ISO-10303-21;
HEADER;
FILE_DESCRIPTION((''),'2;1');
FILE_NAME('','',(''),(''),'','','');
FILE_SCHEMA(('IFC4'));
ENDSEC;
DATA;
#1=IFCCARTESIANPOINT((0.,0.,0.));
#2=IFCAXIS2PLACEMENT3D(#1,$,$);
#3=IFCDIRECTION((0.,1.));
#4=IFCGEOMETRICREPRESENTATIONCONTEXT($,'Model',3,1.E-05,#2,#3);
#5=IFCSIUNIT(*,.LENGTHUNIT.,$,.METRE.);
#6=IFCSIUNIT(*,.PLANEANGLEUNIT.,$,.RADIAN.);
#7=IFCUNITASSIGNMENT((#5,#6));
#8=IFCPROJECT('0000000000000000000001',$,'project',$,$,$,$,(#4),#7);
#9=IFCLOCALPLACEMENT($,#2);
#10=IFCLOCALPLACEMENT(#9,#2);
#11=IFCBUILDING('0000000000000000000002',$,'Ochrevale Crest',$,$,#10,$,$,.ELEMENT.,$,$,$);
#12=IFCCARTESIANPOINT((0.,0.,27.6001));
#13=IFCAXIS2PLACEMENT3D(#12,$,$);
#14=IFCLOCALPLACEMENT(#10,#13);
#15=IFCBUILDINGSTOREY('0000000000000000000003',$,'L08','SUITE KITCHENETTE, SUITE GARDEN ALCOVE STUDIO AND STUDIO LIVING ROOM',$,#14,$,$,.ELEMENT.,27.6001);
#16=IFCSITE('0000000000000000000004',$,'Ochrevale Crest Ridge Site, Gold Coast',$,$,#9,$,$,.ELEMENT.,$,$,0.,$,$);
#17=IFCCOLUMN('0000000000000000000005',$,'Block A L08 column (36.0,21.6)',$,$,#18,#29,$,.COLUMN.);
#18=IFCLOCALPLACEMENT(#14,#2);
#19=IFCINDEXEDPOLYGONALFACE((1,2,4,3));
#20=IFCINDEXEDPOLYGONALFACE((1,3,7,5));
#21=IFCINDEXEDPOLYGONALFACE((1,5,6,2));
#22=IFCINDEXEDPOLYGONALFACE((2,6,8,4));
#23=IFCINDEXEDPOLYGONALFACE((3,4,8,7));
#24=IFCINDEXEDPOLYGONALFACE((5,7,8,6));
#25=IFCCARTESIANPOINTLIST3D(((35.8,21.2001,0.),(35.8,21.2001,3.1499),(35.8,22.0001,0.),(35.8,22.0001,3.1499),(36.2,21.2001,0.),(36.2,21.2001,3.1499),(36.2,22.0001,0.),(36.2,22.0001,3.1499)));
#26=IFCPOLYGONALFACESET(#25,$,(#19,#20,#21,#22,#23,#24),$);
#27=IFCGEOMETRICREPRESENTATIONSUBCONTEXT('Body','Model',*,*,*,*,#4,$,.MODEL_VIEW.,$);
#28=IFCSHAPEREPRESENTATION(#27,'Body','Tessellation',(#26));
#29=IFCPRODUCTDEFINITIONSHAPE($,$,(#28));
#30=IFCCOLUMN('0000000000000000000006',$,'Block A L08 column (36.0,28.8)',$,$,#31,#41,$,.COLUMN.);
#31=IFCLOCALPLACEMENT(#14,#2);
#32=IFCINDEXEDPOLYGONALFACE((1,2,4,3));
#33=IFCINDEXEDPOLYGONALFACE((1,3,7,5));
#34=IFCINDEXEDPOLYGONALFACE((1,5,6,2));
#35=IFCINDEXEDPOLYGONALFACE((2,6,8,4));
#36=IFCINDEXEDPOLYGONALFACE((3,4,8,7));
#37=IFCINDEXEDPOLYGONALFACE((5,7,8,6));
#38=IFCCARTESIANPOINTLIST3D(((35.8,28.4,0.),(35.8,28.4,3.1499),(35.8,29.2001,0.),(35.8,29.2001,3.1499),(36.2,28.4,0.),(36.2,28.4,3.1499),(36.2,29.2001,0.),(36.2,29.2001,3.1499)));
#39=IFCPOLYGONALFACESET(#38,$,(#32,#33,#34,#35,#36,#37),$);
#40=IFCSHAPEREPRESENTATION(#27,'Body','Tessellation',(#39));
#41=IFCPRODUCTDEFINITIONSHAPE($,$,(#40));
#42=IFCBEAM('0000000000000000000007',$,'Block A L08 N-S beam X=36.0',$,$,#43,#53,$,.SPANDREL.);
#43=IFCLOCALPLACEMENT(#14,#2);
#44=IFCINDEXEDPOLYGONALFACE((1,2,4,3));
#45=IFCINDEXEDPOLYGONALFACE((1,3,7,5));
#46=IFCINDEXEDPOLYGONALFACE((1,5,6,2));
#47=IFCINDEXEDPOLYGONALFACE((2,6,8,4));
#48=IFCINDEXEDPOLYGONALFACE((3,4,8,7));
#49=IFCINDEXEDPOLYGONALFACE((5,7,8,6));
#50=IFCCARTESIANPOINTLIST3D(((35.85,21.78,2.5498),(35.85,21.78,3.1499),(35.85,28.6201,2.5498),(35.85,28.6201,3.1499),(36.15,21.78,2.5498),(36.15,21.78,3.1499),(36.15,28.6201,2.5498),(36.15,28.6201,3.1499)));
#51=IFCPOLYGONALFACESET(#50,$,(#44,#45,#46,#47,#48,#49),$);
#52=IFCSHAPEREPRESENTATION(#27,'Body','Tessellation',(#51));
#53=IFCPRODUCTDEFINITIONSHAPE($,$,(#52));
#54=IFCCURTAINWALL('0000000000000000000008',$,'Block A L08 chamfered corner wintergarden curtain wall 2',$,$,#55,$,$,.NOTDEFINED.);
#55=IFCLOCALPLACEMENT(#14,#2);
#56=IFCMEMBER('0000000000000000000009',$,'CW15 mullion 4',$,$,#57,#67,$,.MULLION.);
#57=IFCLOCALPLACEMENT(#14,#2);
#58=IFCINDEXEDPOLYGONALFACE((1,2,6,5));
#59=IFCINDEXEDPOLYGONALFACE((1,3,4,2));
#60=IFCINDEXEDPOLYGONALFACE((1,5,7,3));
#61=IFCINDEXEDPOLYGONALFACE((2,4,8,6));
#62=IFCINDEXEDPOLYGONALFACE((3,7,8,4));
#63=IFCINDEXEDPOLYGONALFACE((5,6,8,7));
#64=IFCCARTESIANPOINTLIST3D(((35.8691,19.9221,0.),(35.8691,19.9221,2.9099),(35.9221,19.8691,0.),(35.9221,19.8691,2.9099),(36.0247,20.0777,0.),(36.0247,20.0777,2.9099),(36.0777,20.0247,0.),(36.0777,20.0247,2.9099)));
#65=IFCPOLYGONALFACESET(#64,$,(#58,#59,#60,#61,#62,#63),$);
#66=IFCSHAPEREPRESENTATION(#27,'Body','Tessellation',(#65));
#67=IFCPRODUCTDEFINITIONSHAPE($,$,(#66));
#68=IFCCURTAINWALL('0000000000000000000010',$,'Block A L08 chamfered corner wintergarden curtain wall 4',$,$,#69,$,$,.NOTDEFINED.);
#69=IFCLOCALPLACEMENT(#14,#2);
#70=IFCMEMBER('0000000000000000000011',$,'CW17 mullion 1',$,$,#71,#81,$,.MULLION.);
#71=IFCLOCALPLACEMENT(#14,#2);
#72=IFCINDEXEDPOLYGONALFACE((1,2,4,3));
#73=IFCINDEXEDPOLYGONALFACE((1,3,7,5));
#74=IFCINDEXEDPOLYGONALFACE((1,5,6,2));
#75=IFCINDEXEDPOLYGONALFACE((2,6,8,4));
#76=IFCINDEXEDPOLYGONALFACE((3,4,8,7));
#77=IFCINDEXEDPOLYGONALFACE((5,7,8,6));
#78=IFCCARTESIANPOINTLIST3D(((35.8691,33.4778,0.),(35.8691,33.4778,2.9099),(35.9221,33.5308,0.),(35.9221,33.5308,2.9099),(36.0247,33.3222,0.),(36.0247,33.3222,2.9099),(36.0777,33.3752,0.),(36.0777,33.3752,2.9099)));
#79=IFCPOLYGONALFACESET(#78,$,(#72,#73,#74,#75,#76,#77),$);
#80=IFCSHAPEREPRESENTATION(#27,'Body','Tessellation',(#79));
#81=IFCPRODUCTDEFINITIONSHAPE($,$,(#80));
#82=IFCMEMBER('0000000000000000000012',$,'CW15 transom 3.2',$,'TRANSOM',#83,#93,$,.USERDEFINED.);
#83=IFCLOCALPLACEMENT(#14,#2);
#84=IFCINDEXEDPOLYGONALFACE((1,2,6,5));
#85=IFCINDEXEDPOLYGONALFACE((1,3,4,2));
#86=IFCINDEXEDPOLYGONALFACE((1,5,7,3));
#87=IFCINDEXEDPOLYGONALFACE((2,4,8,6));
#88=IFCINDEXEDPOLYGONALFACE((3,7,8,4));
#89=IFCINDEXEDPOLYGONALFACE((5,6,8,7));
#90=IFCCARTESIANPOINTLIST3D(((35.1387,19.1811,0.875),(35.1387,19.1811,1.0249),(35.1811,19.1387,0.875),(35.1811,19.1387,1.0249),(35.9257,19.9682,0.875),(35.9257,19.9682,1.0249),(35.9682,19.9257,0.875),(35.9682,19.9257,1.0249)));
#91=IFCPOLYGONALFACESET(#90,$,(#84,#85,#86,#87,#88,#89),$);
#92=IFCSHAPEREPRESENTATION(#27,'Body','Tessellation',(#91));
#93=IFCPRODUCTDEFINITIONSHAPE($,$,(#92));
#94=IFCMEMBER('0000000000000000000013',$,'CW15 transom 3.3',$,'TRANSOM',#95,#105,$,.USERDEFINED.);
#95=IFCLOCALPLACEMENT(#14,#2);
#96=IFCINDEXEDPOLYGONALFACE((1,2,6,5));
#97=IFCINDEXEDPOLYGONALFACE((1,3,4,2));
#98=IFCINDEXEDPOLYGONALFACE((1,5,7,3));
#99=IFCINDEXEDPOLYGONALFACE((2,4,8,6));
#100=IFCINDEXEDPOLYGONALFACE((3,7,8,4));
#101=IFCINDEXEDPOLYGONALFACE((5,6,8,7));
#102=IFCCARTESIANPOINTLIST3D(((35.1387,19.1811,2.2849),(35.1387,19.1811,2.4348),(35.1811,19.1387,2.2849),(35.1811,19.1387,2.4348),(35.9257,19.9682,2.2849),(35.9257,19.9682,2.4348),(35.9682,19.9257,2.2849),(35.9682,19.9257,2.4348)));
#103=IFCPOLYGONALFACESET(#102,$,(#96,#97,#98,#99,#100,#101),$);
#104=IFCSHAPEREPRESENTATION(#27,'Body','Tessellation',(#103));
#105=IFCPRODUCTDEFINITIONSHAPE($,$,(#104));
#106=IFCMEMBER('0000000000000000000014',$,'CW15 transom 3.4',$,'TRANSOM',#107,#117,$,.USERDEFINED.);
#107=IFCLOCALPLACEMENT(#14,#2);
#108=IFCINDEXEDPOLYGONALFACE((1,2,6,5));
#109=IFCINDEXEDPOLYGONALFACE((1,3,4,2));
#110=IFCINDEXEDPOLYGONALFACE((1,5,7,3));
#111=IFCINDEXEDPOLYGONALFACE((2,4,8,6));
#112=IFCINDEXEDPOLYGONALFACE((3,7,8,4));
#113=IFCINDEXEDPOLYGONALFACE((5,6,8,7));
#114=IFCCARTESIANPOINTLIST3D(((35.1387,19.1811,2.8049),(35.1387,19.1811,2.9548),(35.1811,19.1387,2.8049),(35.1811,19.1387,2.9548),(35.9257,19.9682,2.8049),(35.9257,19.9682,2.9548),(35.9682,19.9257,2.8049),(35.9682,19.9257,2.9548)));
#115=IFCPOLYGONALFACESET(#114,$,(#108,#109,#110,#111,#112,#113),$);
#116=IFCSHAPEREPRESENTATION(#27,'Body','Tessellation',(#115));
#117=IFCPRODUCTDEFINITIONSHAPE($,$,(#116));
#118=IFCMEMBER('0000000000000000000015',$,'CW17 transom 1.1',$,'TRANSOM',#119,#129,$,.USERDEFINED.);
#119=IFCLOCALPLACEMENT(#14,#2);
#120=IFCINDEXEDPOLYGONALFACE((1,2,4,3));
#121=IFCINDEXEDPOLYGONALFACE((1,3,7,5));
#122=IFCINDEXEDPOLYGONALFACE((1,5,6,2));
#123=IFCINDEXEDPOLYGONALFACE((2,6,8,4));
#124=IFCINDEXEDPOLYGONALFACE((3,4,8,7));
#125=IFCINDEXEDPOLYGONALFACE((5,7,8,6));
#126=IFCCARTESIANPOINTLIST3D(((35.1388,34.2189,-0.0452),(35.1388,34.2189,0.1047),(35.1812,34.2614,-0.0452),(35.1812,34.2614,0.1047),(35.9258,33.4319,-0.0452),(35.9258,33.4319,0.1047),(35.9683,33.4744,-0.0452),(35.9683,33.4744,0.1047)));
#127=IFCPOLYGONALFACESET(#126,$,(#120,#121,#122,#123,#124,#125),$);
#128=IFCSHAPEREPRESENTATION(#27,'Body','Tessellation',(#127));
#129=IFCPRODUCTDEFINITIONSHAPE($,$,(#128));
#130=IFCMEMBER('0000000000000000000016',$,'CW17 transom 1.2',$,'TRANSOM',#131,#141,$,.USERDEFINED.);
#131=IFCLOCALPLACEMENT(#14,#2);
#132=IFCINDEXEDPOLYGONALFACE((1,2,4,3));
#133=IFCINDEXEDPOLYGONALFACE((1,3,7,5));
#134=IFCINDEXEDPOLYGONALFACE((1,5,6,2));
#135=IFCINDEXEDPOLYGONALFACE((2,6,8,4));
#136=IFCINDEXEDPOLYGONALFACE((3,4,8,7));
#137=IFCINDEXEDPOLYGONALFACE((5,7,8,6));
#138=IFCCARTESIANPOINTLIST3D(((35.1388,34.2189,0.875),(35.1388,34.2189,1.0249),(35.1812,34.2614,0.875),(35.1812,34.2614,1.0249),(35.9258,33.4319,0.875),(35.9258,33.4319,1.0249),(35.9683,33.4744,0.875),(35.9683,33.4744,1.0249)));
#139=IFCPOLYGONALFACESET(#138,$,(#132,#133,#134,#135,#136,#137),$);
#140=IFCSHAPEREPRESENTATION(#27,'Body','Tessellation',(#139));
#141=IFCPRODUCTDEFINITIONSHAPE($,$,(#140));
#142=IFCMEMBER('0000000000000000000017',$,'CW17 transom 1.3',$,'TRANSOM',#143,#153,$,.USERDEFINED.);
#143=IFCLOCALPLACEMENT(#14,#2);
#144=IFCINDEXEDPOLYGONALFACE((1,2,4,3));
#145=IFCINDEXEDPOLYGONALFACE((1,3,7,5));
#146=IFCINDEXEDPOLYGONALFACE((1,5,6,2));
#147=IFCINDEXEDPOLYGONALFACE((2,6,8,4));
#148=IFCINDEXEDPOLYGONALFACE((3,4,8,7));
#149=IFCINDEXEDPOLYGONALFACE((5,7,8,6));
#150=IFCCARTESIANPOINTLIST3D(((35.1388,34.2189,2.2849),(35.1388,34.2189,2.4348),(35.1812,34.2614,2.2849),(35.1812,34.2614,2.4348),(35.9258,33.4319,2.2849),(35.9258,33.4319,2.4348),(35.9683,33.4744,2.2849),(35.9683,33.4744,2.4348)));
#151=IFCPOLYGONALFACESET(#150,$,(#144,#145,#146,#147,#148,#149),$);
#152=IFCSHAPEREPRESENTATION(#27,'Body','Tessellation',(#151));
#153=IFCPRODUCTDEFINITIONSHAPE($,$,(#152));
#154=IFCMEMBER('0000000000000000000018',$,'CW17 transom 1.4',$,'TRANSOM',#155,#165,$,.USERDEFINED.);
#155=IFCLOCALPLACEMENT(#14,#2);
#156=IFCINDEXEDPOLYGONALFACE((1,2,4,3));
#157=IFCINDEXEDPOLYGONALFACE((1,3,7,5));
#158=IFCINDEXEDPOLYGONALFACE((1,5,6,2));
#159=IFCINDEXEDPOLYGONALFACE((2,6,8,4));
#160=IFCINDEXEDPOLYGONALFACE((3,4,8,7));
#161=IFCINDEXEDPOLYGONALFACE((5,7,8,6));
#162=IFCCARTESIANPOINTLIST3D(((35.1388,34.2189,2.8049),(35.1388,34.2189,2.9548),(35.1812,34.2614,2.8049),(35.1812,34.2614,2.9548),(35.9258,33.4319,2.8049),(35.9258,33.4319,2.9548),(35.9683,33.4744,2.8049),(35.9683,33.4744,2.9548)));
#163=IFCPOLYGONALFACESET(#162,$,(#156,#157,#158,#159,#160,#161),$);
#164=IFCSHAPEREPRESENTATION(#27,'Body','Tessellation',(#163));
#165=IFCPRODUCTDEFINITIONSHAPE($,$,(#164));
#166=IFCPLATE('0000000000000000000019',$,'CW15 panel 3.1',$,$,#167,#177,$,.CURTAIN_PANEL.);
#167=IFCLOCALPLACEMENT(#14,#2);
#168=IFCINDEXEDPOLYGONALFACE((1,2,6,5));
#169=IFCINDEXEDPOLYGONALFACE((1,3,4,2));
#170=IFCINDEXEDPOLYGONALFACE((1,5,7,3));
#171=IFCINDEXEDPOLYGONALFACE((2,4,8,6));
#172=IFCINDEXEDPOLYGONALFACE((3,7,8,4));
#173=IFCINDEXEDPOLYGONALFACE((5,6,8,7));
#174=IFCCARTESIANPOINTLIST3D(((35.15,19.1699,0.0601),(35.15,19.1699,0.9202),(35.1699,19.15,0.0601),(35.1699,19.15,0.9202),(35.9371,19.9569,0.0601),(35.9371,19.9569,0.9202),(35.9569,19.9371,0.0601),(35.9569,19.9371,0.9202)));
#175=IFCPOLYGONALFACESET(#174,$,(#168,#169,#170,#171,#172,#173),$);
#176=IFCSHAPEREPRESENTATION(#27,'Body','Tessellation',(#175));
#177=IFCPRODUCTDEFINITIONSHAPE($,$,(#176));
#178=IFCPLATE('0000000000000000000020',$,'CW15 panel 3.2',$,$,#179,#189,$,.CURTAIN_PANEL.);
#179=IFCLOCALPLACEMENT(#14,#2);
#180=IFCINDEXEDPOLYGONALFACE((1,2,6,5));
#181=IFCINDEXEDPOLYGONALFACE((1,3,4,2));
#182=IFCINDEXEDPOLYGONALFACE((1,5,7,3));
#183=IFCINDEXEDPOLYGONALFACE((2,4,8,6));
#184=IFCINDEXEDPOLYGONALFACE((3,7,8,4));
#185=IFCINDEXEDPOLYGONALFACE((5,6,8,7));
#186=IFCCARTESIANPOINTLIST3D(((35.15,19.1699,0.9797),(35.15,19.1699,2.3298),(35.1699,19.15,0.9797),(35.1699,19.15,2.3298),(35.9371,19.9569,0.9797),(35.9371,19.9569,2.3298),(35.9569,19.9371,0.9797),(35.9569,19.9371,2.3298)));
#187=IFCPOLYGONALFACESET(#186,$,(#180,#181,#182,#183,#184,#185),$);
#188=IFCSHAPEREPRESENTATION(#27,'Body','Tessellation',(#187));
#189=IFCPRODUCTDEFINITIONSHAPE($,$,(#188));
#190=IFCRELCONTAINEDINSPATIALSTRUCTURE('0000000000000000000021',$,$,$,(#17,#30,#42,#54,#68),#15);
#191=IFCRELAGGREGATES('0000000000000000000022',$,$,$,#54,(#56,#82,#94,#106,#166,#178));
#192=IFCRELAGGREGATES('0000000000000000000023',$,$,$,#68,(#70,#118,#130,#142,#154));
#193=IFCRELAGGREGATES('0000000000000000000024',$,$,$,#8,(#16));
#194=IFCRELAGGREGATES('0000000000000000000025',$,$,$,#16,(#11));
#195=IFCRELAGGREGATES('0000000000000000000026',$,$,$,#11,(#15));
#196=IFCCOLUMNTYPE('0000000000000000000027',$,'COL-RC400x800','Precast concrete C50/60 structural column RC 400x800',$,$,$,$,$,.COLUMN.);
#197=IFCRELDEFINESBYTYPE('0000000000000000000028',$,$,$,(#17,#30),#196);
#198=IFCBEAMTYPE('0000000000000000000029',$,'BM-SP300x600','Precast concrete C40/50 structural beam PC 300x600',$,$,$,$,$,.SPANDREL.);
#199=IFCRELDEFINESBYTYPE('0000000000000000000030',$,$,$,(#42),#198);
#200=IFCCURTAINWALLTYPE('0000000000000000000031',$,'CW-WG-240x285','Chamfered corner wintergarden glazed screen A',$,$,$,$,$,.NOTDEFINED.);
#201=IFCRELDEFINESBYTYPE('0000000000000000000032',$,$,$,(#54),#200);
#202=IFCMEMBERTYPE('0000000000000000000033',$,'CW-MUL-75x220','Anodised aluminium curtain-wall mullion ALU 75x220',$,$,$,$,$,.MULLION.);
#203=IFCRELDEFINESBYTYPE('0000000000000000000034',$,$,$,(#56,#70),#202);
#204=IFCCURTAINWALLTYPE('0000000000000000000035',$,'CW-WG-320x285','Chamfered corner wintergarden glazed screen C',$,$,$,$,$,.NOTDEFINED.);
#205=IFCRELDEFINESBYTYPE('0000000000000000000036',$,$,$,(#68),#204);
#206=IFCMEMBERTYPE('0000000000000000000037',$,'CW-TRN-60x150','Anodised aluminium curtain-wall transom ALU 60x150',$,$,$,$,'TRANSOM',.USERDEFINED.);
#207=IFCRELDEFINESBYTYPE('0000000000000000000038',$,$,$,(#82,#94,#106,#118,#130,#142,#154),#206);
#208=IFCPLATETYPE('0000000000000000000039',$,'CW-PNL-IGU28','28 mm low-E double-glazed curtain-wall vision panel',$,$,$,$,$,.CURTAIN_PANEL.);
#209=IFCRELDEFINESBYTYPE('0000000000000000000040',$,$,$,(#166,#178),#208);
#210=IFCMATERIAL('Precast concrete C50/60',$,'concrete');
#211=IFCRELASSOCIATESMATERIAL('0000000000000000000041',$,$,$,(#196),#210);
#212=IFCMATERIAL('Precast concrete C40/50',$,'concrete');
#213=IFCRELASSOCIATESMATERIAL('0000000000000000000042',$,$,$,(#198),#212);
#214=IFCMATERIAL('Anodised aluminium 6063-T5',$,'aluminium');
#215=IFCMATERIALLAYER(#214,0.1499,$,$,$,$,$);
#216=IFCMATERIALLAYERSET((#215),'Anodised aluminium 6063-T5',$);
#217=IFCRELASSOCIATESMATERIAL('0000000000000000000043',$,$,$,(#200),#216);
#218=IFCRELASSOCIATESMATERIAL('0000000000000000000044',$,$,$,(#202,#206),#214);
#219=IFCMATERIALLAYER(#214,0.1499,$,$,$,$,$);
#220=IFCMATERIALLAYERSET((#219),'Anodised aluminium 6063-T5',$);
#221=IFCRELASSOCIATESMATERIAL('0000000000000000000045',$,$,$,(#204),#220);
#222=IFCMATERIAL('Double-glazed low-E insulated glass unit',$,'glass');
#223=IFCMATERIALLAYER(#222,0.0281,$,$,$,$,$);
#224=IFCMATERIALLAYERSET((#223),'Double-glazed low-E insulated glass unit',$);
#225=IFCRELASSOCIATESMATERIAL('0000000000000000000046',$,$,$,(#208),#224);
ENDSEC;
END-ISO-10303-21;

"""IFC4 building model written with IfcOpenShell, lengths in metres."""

from ifc_helpers import new_model, si_unit, direction, frame, origin, origin_2d, place, context, subcontext, project, spatial, rectangle, extrude, material, layer, layer_set, material_profile, profile_set, type_object, element, aggregate, save


model = new_model("IFC4")

# Units and contexts
model_context = context("Model", 3, precision=1e-05, world=origin(), true_north=direction((0.0, 1.0)))
body_context = subcontext(model_context, "Body", "Model", "MODEL_VIEW")
ifc_project = project(units=[si_unit("LENGTHUNIT", "METRE"), si_unit("PLANEANGLEUNIT", "RADIAN")], contexts=[model_context])

# Site, building, storey
site_placement = place(None, origin())
site = spatial("IfcSite", under=ifc_project, at=site_placement, Name="Ochrevale Crest Ridge Site, Gold Coast", CompositionType="ELEMENT", RefElevation=0.0)
building_placement = place(site_placement, origin())
building = spatial("IfcBuilding", under=site, at=building_placement, Name="Ochrevale Crest", CompositionType="ELEMENT")
storey_placement = place(building_placement, frame((0.0, 0.0, 27.6001)))
storey = spatial("IfcBuildingStorey", under=building, at=storey_placement, Name="L08", Description="SUITE KITCHENETTE, SUITE GARDEN ALCOVE STUDIO AND STUDIO LIVING ROOM", CompositionType="ELEMENT", Elevation=27.6001)

# Columns
ifc_material_1 = material(Name="Precast concrete C50/60", Category="concrete")
ifc_material_profile_1 = material_profile(ifc_material_1, rectangle(XDim=0.3999, YDim=0.8, at=origin_2d()), Name="RC 400x800")
ifc_profile_set_1 = profile_set([ifc_material_profile_1], Name="Precast concrete C50/60")
column_type = type_object("IfcColumnType", Name="COL-RC400x800", Description="Precast concrete C50/60 structural column RC 400x800", PredefinedType="COLUMN", material=ifc_profile_set_1)
for number, where, z_axis, x_axis, name in (
    (1, (36.0, 21.6001, 0.0), (0.0, 0.0, 1.0), (1.0, 0.0, 0.0), "Block A L08 column (36.0,21.6)"),
    (2, (36.0, 28.8, 0.0), (0.0, 0.0, 1.0), (1.0, 0.0, 0.0), "Block A L08 column (36.0,28.8)"),
):
    element("IfcColumn", number, at=place(storey_placement, frame(where, z_axis=z_axis, x_axis=x_axis)), inside=storey, type_object=column_type, Name=name, PredefinedType="COLUMN", context=body_context, shape_type="SweptSolid", body=[
        extrude(rectangle(XDim=0.3999, YDim=0.8, at=origin_2d()), origin(), (0.0, 0.0, 1.0), 3.1499),
    ])

# Beam
ifc_material_2 = material(Name="Precast concrete C40/50", Category="concrete")
ifc_material_profile_2 = material_profile(ifc_material_2, rectangle(XDim=0.3, YDim=0.6001, at=origin_2d()), Name="PC 300x600")
ifc_profile_set_2 = profile_set([ifc_material_profile_2], Name="Precast concrete C40/50")
beam_type = type_object("IfcBeamType", Name="BM-SP300x600", Description="Precast concrete C40/50 structural beam PC 300x600", PredefinedType="SPANDREL", material=ifc_profile_set_2)
beam_placement = place(storey_placement, frame((36.0, 21.78, 2.8499), z_axis=(0.0, 1.0, 0.0), x_axis=(-1.0, 0.0, 0.0)))
element("IfcBeam", 3, at=beam_placement, inside=storey, type_object=beam_type, Name="Block A L08 N-S beam X=36.0", PredefinedType="SPANDREL", context=body_context, shape_type="SweptSolid", body=[
    extrude(rectangle(XDim=0.3, YDim=0.6001, at=origin_2d()), origin(), (0.0, 0.0, 1.0), 6.8401),
])

# Curtain walls, members
ifc_material_3 = material(Name="Anodised aluminium 6063-T5", Category="aluminium")
ifc_layer_1 = layer(ifc_material_3, 0.1499)
ifc_layer_set_1 = layer_set([ifc_layer_1], Name="Anodised aluminium 6063-T5")
curtain_wall_type_1 = type_object("IfcCurtainWallType", Name="CW-WG-240x285", Description="Chamfered corner wintergarden glazed screen A", PredefinedType="NOTDEFINED", material=ifc_layer_set_1)
curtain_wall_1_placement = place(storey_placement, origin())
curtain_wall_1 = element("IfcCurtainWall", 4, at=curtain_wall_1_placement, inside=storey, type_object=curtain_wall_type_1, Name="Block A L08 chamfered corner wintergarden curtain wall 2", PredefinedType="NOTDEFINED")
ifc_material_profile_3 = material_profile(ifc_material_3, rectangle(XDim=0.075, YDim=0.22, at=origin_2d()), Name="ALU 75x220")
ifc_profile_set_3 = profile_set([ifc_material_profile_3], Name="Anodised aluminium 6063-T5")
member_type_1 = type_object("IfcMemberType", Name="CW-MUL-75x220", Description="Anodised aluminium curtain-wall mullion ALU 75x220", PredefinedType="MULLION", material=ifc_profile_set_3)
member_1_placement = place(storey_placement, frame((35.9734, 19.9734, 0.0), z_axis=(0.0, 0.0, 1.0), x_axis=(-0.707107, 0.707107, 0.0)))
member_1 = element("IfcMember", 5, at=member_1_placement, type_object=member_type_1, Name="CW15 mullion 4", PredefinedType="MULLION", context=body_context, shape_type="SweptSolid", body=[
    extrude(rectangle(XDim=0.075, YDim=0.22, at=origin_2d()), origin(), (0.0, 0.0, 1.0), 2.9099),
])
ifc_layer_2 = layer(ifc_material_3, 0.1499)
ifc_layer_set_2 = layer_set([ifc_layer_2], Name="Anodised aluminium 6063-T5")
curtain_wall_type_2 = type_object("IfcCurtainWallType", Name="CW-WG-320x285", Description="Chamfered corner wintergarden glazed screen C", PredefinedType="NOTDEFINED", material=ifc_layer_set_2)
curtain_wall_2_placement = place(storey_placement, origin())
curtain_wall_2 = element("IfcCurtainWall", 6, at=curtain_wall_2_placement, inside=storey, type_object=curtain_wall_type_2, Name="Block A L08 chamfered corner wintergarden curtain wall 4", PredefinedType="NOTDEFINED")
member_2_placement = place(storey_placement, frame((35.9734, 33.4265, 0.0), z_axis=(0.0, 0.0, 1.0), x_axis=(-0.707107, -0.707107, 0.0)))
member_2 = element("IfcMember", 7, at=member_2_placement, type_object=member_type_1, Name="CW17 mullion 1", PredefinedType="MULLION", context=body_context, shape_type="SweptSolid", body=[
    extrude(rectangle(XDim=0.075, YDim=0.22, at=origin_2d()), origin(), (0.0, 0.0, 1.0), 2.9099),
])

# Members
ifc_material_profile_4 = material_profile(ifc_material_3, rectangle(XDim=0.0601, YDim=0.1499, at=origin_2d()), Name="ALU 60x150")
ifc_profile_set_4 = profile_set([ifc_material_profile_4], Name="Anodised aluminium 6063-T5")
member_type_2 = type_object("IfcMemberType", Name="CW-TRN-60x150", Description="Anodised aluminium curtain-wall transom ALU 60x150", ElementType="TRANSOM", PredefinedType="USERDEFINED", material=ifc_profile_set_4)
member_3_placement = place(storey_placement, frame((35.1599, 19.1599, 0.95), z_axis=(0.707107, 0.707107, 0.0), x_axis=(-0.707107, 0.707107, 0.0)))
member_3 = element("IfcMember", 8, at=member_3_placement, type_object=member_type_2, Name="CW15 transom 3.2", ObjectType="TRANSOM", PredefinedType="USERDEFINED", context=body_context, shape_type="SweptSolid", body=[
    extrude(rectangle(XDim=0.0601, YDim=0.1499, at=origin_2d()), origin(), (0.0, 0.0, 1.0), 1.113),
])
member_4_placement = place(storey_placement, frame((35.1599, 19.1599, 2.3599), z_axis=(0.707107, 0.707107, 0.0), x_axis=(-0.707107, 0.707107, 0.0)))
member_4 = element("IfcMember", 9, at=member_4_placement, type_object=member_type_2, Name="CW15 transom 3.3", ObjectType="TRANSOM", PredefinedType="USERDEFINED", context=body_context, shape_type="SweptSolid", body=[
    extrude(rectangle(XDim=0.0601, YDim=0.1499, at=origin_2d()), origin(), (0.0, 0.0, 1.0), 1.113),
])
member_5_placement = place(storey_placement, frame((35.1599, 19.1599, 2.8799), z_axis=(0.707107, 0.707107, 0.0), x_axis=(-0.707107, 0.707107, 0.0)))
member_5 = element("IfcMember", 10, at=member_5_placement, type_object=member_type_2, Name="CW15 transom 3.4", ObjectType="TRANSOM", PredefinedType="USERDEFINED", context=body_context, shape_type="SweptSolid", body=[
    extrude(rectangle(XDim=0.0601, YDim=0.1499, at=origin_2d()), origin(), (0.0, 0.0, 1.0), 1.113),
])
member_6_placement = place(storey_placement, frame((35.947, 33.4531, 0.0298), z_axis=(-0.707107, 0.707107, 0.0), x_axis=(-0.707107, -0.707107, 0.0)))
member_6 = element("IfcMember", 11, at=member_6_placement, type_object=member_type_2, Name="CW17 transom 1.1", ObjectType="TRANSOM", PredefinedType="USERDEFINED", context=body_context, shape_type="SweptSolid", body=[
    extrude(rectangle(XDim=0.0601, YDim=0.1499, at=origin_2d()), origin(), (0.0, 0.0, 1.0), 1.113),
])
member_7_placement = place(storey_placement, frame((35.947, 33.4531, 0.95), z_axis=(-0.707107, 0.707107, 0.0), x_axis=(-0.707107, -0.707107, 0.0)))
member_7 = element("IfcMember", 12, at=member_7_placement, type_object=member_type_2, Name="CW17 transom 1.2", ObjectType="TRANSOM", PredefinedType="USERDEFINED", context=body_context, shape_type="SweptSolid", body=[
    extrude(rectangle(XDim=0.0601, YDim=0.1499, at=origin_2d()), origin(), (0.0, 0.0, 1.0), 1.113),
])
member_8_placement = place(storey_placement, frame((35.947, 33.4531, 2.3599), z_axis=(-0.707107, 0.707107, 0.0), x_axis=(-0.707107, -0.707107, 0.0)))
member_8 = element("IfcMember", 13, at=member_8_placement, type_object=member_type_2, Name="CW17 transom 1.3", ObjectType="TRANSOM", PredefinedType="USERDEFINED", context=body_context, shape_type="SweptSolid", body=[
    extrude(rectangle(XDim=0.0601, YDim=0.1499, at=origin_2d()), origin(), (0.0, 0.0, 1.0), 1.113),
])
member_9_placement = place(storey_placement, frame((35.947, 33.4531, 2.8799), z_axis=(-0.707107, 0.707107, 0.0), x_axis=(-0.707107, -0.707107, 0.0)))
member_9 = element("IfcMember", 14, at=member_9_placement, type_object=member_type_2, Name="CW17 transom 1.4", ObjectType="TRANSOM", PredefinedType="USERDEFINED", context=body_context, shape_type="SweptSolid", body=[
    extrude(rectangle(XDim=0.0601, YDim=0.1499, at=origin_2d()), origin(), (0.0, 0.0, 1.0), 1.113),
])

# Plates
ifc_material_4 = material(Name="Double-glazed low-E insulated glass unit", Category="glass")
ifc_layer_3 = layer(ifc_material_4, 0.0281)
ifc_layer_set_3 = layer_set([ifc_layer_3], Name="Double-glazed low-E insulated glass unit")
plate_type = type_object("IfcPlateType", Name="CW-PNL-IGU28", Description="28 mm low-E double-glazed curtain-wall vision panel", PredefinedType="CURTAIN_PANEL", material=ifc_layer_set_3)
plate_1_placement = place(storey_placement, frame((35.5535, 19.5535, 0.0601), z_axis=(0.0, 0.0, 1.0), x_axis=(0.707107, 0.707107, 0.0)))
plate_1 = element("IfcPlate", 15, at=plate_1_placement, type_object=plate_type, Name="CW15 panel 3.1", PredefinedType="CURTAIN_PANEL", context=body_context, shape_type="SweptSolid", body=[
    extrude(rectangle(XDim=1.113, YDim=0.0281, at=origin_2d()), origin(), (0.0, 0.0, 1.0), 0.8601),
])
plate_2_placement = place(storey_placement, frame((35.5535, 19.5535, 0.9797), z_axis=(0.0, 0.0, 1.0), x_axis=(0.707107, 0.707107, 0.0)))
plate_2 = element("IfcPlate", 16, at=plate_2_placement, type_object=plate_type, Name="CW15 panel 3.2", PredefinedType="CURTAIN_PANEL", context=body_context, shape_type="SweptSolid", body=[
    extrude(rectangle(XDim=1.113, YDim=0.0281, at=origin_2d()), origin(), (0.0, 0.0, 1.0), 1.3501),
])
aggregate(curtain_wall_1, [member_1, member_3, member_4, member_5, plate_1, plate_2])
aggregate(curtain_wall_2, [member_2, member_6, member_7, member_8, member_9])

save(model, "model.ifc")
